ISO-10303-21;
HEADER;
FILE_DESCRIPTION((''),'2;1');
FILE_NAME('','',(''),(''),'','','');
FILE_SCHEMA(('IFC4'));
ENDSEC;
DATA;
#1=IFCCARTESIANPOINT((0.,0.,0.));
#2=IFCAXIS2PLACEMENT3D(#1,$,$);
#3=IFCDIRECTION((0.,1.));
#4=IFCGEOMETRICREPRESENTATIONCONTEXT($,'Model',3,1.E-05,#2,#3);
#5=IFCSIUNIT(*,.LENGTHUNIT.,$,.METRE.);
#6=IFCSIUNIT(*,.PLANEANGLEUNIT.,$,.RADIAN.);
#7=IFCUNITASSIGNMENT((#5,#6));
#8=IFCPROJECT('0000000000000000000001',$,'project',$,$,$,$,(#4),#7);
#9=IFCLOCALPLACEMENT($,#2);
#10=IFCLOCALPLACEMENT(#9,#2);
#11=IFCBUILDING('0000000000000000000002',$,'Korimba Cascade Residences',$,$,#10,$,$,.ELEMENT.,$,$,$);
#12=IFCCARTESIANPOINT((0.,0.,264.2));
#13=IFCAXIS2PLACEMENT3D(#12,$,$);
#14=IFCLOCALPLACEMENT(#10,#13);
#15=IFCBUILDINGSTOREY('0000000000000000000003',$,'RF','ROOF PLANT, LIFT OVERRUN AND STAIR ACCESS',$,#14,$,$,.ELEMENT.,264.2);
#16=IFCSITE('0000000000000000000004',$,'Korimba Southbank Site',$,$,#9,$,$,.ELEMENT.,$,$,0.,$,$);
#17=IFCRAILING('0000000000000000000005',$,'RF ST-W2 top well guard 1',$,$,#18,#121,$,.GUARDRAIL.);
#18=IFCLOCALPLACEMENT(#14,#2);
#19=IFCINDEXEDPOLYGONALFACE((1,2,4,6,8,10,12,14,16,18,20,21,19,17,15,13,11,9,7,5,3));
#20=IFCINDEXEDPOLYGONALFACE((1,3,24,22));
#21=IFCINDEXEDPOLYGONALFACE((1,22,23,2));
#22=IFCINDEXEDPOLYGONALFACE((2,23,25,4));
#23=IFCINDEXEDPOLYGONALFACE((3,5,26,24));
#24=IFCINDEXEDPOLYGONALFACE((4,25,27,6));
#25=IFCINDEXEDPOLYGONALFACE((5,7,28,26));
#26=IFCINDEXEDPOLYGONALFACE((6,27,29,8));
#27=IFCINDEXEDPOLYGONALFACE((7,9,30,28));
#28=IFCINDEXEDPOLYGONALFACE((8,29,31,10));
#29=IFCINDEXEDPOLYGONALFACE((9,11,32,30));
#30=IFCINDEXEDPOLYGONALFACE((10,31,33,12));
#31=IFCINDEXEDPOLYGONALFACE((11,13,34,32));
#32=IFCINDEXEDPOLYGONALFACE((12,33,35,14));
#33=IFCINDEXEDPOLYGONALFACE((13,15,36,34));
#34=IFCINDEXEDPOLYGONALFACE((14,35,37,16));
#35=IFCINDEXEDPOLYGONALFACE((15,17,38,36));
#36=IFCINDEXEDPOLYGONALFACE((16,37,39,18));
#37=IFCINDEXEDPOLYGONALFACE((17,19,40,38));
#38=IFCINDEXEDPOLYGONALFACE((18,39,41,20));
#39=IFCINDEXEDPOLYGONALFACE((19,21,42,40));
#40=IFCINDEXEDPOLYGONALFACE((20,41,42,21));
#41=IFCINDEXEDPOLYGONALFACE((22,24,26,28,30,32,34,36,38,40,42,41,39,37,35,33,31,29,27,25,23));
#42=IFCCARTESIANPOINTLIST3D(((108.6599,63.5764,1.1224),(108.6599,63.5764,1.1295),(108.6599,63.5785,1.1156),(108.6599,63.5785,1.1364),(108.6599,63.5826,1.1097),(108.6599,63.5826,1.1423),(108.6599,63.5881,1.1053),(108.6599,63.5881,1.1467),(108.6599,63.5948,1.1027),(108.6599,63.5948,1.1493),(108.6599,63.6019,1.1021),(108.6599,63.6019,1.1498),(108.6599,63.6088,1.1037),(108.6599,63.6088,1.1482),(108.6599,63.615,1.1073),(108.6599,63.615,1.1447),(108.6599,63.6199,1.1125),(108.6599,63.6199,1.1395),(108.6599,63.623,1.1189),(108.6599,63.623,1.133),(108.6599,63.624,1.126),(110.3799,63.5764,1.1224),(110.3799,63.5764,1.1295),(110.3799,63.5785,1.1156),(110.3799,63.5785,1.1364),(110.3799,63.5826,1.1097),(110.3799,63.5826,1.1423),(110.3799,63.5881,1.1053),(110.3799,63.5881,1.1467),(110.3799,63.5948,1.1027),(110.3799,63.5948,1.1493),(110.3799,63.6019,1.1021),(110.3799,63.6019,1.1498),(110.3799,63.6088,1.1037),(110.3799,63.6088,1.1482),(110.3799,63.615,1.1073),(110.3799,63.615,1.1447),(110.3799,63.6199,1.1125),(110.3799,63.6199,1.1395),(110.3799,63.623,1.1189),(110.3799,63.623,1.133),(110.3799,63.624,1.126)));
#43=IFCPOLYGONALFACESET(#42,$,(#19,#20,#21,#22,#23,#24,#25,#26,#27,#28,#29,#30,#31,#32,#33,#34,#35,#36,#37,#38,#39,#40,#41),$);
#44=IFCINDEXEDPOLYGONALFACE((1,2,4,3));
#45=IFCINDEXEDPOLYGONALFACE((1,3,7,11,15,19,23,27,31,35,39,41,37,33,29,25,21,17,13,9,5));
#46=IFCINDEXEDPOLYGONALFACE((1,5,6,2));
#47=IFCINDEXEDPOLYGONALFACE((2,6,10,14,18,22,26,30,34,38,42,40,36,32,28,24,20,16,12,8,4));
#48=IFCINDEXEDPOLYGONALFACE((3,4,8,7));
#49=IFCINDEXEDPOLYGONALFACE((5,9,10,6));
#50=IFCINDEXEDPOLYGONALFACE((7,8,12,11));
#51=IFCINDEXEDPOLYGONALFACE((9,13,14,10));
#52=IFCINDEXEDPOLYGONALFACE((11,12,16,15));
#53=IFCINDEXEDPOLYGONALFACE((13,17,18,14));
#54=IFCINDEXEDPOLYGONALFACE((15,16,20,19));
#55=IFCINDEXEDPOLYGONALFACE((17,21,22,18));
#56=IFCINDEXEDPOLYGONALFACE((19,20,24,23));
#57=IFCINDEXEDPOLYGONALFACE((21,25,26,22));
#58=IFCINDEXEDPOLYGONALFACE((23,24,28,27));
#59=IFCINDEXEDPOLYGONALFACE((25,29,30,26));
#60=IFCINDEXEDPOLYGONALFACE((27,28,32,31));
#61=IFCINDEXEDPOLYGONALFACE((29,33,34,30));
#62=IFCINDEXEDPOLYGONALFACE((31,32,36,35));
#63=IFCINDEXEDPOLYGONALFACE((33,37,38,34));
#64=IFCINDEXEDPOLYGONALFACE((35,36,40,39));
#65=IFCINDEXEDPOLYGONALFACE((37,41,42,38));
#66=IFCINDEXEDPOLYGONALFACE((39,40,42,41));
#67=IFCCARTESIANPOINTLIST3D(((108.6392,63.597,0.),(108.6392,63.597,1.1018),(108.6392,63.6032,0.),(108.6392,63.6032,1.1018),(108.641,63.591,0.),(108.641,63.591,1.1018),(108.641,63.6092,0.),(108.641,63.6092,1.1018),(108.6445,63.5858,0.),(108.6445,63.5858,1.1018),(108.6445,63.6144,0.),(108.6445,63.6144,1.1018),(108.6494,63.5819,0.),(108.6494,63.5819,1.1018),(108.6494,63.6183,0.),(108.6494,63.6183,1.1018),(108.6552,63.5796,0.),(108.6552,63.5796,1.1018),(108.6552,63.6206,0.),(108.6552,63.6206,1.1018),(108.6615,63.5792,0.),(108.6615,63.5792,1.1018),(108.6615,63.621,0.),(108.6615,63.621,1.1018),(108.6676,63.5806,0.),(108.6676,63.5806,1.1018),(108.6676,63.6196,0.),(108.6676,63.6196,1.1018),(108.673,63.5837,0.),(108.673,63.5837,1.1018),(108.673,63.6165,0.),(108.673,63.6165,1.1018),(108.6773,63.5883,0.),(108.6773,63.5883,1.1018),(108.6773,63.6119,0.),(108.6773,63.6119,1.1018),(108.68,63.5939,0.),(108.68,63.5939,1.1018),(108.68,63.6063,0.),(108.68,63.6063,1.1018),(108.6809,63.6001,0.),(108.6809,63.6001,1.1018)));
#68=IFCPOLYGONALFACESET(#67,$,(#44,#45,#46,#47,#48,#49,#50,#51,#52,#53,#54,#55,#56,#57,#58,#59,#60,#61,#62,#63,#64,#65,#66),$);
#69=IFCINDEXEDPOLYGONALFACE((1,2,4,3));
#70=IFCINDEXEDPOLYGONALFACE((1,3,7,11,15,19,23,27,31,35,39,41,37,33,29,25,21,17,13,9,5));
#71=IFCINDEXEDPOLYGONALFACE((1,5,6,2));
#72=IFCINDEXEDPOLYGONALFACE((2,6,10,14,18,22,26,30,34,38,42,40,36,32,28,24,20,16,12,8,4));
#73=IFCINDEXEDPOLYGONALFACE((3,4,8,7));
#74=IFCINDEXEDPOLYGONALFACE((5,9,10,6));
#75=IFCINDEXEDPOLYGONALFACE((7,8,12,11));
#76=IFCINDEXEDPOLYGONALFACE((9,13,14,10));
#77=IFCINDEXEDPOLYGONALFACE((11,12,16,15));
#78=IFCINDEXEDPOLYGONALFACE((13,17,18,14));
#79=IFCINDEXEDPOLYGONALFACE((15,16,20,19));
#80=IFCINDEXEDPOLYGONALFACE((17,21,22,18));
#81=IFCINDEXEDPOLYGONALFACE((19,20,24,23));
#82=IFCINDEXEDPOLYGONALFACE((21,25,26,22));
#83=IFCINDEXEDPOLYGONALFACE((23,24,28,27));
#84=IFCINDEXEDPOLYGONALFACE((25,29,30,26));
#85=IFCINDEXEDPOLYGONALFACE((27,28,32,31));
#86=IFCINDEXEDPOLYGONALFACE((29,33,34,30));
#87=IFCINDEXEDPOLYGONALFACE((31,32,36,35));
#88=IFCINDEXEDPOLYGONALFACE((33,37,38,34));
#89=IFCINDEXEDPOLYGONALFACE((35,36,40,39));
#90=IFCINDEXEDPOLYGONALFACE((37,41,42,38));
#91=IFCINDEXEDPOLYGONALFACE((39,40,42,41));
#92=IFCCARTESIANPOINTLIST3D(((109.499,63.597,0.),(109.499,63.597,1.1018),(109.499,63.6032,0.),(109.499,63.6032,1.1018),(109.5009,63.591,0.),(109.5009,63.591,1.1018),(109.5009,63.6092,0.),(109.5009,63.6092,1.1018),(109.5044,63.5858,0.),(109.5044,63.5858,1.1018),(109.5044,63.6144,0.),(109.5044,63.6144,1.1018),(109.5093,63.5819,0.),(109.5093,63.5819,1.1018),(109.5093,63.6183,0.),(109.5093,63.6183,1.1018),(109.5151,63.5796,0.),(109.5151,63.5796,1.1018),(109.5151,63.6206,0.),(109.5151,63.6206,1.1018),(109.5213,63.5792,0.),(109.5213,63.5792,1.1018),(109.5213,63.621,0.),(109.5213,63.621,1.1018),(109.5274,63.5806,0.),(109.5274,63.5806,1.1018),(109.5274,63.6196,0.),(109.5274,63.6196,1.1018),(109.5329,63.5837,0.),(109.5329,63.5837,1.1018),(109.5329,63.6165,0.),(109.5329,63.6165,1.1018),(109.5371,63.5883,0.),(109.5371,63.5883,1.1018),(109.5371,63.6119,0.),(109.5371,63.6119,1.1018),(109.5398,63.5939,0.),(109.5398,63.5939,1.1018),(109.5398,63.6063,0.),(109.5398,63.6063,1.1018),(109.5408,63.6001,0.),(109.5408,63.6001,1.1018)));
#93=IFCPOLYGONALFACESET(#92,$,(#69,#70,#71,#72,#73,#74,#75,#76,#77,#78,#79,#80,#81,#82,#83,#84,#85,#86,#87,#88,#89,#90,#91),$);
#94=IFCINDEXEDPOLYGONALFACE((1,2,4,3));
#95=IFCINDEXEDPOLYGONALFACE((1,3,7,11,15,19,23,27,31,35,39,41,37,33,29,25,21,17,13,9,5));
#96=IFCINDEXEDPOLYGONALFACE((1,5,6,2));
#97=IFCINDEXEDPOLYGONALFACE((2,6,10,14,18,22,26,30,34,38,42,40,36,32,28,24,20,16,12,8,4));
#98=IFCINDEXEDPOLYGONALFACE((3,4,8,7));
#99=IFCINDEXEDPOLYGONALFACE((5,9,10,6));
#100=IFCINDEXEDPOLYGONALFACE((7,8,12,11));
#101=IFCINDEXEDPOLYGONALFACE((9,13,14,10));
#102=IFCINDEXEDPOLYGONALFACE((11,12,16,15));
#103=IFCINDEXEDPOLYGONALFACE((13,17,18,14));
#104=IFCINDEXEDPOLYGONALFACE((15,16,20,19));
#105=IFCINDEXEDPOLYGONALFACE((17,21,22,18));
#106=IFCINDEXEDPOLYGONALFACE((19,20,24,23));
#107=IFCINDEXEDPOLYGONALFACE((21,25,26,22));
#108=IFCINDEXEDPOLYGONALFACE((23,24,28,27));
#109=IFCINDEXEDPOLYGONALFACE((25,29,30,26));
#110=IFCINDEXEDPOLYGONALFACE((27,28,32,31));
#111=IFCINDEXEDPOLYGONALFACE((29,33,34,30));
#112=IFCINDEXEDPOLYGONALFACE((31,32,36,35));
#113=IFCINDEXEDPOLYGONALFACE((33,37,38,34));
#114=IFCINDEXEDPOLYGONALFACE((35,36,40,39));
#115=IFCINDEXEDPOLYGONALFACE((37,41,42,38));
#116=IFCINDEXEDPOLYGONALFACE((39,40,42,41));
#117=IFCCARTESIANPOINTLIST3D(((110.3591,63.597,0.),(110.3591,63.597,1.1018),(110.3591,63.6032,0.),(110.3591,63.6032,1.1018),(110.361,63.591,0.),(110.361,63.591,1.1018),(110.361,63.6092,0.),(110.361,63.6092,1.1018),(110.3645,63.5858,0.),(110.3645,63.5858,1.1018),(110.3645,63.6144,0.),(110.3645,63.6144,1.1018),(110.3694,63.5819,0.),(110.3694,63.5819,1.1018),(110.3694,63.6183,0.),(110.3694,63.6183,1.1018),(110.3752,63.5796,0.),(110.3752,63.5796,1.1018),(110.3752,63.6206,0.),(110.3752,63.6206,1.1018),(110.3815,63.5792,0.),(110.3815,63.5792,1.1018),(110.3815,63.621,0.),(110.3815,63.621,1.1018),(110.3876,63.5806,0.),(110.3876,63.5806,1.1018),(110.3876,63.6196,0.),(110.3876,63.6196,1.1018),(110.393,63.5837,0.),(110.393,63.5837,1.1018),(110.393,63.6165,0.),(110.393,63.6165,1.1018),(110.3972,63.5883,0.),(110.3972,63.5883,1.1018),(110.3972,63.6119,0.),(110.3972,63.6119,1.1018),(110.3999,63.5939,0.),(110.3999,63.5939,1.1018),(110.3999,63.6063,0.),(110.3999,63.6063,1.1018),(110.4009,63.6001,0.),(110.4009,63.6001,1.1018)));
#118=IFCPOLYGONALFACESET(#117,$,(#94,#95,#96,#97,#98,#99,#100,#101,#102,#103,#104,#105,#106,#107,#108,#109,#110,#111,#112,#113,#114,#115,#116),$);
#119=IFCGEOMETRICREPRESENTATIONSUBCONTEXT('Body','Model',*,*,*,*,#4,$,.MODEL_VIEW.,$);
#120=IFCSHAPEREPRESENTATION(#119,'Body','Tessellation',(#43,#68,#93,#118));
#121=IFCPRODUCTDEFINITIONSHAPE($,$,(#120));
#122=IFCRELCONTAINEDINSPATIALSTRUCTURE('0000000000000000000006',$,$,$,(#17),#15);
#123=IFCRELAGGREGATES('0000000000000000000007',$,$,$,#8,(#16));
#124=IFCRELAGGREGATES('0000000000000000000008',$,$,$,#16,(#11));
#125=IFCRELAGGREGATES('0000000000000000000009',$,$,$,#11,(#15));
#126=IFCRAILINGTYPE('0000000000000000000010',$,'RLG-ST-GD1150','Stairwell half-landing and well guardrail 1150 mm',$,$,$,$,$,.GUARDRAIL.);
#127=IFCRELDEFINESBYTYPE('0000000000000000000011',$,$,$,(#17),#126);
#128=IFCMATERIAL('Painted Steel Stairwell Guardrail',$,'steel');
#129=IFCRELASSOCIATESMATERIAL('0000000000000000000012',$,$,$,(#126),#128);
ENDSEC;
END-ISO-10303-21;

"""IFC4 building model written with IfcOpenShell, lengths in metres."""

from ifc_helpers import new_model, si_unit, direction, frame, origin, origin_2d, place, context, subcontext, project, spatial, circle, extrude, material, type_object, element, save


model = new_model("IFC4")

# Units and contexts
model_context = context("Model", 3, precision=1e-05, world=origin(), true_north=direction((0.0, 1.0)))
body_context = subcontext(model_context, "Body", "Model", "MODEL_VIEW")
ifc_project = project(units=[si_unit("LENGTHUNIT", "METRE"), si_unit("PLANEANGLEUNIT", "RADIAN")], contexts=[model_context])

# Site, building, storey
site_placement = place(None, origin())
site = spatial("IfcSite", under=ifc_project, at=site_placement, Name="Korimba Southbank Site", CompositionType="ELEMENT", RefElevation=0.0)
building_placement = place(site_placement, origin())
building = spatial("IfcBuilding", under=site, at=building_placement, Name="Korimba Cascade Residences", CompositionType="ELEMENT")
storey_placement = place(building_placement, frame((0.0, 0.0, 264.2)))
storey = spatial("IfcBuildingStorey", under=building, at=storey_placement, Name="RF", Description="ROOF PLANT, LIFT OVERRUN AND STAIR ACCESS", CompositionType="ELEMENT", Elevation=264.2)

# Railing
ifc_material_1 = material(Name="Painted Steel Stairwell Guardrail", Category="steel")
railing_type = type_object("IfcRailingType", Name="RLG-ST-GD1150", Description="Stairwell half-landing and well guardrail 1150 mm", PredefinedType="GUARDRAIL", material=ifc_material_1)
railing_placement = place(storey_placement, frame((108.6599, 63.6001, 0.0)))
element("IfcRailing", 1, at=railing_placement, inside=storey, type_object=railing_type, Name="RF ST-W2 top well guard 1", PredefinedType="GUARDRAIL", context=body_context, shape_type="SweptSolid", body=[
    extrude(circle(Radius=0.0239, at=origin_2d()), frame((0.0, 0.0, 1.126), z_axis=(1.0, 0.0, 0.0), x_axis=(0.0, 1.0, 0.0)), (0.0, 0.0, 1.0), 1.72),
    extrude(circle(Radius=0.021, at=origin_2d()), origin(), (0.0, 0.0, 1.0), 1.1018),
    extrude(circle(Radius=0.021, at=origin_2d()), frame((0.8599, 0.0, 0.0)), (0.0, 0.0, 1.0), 1.1018),
    extrude(circle(Radius=0.021, at=origin_2d()), frame((1.72, 0.0, 0.0)), (0.0, 0.0, 1.0), 1.1018),
])

save(model, "model.ifc")
